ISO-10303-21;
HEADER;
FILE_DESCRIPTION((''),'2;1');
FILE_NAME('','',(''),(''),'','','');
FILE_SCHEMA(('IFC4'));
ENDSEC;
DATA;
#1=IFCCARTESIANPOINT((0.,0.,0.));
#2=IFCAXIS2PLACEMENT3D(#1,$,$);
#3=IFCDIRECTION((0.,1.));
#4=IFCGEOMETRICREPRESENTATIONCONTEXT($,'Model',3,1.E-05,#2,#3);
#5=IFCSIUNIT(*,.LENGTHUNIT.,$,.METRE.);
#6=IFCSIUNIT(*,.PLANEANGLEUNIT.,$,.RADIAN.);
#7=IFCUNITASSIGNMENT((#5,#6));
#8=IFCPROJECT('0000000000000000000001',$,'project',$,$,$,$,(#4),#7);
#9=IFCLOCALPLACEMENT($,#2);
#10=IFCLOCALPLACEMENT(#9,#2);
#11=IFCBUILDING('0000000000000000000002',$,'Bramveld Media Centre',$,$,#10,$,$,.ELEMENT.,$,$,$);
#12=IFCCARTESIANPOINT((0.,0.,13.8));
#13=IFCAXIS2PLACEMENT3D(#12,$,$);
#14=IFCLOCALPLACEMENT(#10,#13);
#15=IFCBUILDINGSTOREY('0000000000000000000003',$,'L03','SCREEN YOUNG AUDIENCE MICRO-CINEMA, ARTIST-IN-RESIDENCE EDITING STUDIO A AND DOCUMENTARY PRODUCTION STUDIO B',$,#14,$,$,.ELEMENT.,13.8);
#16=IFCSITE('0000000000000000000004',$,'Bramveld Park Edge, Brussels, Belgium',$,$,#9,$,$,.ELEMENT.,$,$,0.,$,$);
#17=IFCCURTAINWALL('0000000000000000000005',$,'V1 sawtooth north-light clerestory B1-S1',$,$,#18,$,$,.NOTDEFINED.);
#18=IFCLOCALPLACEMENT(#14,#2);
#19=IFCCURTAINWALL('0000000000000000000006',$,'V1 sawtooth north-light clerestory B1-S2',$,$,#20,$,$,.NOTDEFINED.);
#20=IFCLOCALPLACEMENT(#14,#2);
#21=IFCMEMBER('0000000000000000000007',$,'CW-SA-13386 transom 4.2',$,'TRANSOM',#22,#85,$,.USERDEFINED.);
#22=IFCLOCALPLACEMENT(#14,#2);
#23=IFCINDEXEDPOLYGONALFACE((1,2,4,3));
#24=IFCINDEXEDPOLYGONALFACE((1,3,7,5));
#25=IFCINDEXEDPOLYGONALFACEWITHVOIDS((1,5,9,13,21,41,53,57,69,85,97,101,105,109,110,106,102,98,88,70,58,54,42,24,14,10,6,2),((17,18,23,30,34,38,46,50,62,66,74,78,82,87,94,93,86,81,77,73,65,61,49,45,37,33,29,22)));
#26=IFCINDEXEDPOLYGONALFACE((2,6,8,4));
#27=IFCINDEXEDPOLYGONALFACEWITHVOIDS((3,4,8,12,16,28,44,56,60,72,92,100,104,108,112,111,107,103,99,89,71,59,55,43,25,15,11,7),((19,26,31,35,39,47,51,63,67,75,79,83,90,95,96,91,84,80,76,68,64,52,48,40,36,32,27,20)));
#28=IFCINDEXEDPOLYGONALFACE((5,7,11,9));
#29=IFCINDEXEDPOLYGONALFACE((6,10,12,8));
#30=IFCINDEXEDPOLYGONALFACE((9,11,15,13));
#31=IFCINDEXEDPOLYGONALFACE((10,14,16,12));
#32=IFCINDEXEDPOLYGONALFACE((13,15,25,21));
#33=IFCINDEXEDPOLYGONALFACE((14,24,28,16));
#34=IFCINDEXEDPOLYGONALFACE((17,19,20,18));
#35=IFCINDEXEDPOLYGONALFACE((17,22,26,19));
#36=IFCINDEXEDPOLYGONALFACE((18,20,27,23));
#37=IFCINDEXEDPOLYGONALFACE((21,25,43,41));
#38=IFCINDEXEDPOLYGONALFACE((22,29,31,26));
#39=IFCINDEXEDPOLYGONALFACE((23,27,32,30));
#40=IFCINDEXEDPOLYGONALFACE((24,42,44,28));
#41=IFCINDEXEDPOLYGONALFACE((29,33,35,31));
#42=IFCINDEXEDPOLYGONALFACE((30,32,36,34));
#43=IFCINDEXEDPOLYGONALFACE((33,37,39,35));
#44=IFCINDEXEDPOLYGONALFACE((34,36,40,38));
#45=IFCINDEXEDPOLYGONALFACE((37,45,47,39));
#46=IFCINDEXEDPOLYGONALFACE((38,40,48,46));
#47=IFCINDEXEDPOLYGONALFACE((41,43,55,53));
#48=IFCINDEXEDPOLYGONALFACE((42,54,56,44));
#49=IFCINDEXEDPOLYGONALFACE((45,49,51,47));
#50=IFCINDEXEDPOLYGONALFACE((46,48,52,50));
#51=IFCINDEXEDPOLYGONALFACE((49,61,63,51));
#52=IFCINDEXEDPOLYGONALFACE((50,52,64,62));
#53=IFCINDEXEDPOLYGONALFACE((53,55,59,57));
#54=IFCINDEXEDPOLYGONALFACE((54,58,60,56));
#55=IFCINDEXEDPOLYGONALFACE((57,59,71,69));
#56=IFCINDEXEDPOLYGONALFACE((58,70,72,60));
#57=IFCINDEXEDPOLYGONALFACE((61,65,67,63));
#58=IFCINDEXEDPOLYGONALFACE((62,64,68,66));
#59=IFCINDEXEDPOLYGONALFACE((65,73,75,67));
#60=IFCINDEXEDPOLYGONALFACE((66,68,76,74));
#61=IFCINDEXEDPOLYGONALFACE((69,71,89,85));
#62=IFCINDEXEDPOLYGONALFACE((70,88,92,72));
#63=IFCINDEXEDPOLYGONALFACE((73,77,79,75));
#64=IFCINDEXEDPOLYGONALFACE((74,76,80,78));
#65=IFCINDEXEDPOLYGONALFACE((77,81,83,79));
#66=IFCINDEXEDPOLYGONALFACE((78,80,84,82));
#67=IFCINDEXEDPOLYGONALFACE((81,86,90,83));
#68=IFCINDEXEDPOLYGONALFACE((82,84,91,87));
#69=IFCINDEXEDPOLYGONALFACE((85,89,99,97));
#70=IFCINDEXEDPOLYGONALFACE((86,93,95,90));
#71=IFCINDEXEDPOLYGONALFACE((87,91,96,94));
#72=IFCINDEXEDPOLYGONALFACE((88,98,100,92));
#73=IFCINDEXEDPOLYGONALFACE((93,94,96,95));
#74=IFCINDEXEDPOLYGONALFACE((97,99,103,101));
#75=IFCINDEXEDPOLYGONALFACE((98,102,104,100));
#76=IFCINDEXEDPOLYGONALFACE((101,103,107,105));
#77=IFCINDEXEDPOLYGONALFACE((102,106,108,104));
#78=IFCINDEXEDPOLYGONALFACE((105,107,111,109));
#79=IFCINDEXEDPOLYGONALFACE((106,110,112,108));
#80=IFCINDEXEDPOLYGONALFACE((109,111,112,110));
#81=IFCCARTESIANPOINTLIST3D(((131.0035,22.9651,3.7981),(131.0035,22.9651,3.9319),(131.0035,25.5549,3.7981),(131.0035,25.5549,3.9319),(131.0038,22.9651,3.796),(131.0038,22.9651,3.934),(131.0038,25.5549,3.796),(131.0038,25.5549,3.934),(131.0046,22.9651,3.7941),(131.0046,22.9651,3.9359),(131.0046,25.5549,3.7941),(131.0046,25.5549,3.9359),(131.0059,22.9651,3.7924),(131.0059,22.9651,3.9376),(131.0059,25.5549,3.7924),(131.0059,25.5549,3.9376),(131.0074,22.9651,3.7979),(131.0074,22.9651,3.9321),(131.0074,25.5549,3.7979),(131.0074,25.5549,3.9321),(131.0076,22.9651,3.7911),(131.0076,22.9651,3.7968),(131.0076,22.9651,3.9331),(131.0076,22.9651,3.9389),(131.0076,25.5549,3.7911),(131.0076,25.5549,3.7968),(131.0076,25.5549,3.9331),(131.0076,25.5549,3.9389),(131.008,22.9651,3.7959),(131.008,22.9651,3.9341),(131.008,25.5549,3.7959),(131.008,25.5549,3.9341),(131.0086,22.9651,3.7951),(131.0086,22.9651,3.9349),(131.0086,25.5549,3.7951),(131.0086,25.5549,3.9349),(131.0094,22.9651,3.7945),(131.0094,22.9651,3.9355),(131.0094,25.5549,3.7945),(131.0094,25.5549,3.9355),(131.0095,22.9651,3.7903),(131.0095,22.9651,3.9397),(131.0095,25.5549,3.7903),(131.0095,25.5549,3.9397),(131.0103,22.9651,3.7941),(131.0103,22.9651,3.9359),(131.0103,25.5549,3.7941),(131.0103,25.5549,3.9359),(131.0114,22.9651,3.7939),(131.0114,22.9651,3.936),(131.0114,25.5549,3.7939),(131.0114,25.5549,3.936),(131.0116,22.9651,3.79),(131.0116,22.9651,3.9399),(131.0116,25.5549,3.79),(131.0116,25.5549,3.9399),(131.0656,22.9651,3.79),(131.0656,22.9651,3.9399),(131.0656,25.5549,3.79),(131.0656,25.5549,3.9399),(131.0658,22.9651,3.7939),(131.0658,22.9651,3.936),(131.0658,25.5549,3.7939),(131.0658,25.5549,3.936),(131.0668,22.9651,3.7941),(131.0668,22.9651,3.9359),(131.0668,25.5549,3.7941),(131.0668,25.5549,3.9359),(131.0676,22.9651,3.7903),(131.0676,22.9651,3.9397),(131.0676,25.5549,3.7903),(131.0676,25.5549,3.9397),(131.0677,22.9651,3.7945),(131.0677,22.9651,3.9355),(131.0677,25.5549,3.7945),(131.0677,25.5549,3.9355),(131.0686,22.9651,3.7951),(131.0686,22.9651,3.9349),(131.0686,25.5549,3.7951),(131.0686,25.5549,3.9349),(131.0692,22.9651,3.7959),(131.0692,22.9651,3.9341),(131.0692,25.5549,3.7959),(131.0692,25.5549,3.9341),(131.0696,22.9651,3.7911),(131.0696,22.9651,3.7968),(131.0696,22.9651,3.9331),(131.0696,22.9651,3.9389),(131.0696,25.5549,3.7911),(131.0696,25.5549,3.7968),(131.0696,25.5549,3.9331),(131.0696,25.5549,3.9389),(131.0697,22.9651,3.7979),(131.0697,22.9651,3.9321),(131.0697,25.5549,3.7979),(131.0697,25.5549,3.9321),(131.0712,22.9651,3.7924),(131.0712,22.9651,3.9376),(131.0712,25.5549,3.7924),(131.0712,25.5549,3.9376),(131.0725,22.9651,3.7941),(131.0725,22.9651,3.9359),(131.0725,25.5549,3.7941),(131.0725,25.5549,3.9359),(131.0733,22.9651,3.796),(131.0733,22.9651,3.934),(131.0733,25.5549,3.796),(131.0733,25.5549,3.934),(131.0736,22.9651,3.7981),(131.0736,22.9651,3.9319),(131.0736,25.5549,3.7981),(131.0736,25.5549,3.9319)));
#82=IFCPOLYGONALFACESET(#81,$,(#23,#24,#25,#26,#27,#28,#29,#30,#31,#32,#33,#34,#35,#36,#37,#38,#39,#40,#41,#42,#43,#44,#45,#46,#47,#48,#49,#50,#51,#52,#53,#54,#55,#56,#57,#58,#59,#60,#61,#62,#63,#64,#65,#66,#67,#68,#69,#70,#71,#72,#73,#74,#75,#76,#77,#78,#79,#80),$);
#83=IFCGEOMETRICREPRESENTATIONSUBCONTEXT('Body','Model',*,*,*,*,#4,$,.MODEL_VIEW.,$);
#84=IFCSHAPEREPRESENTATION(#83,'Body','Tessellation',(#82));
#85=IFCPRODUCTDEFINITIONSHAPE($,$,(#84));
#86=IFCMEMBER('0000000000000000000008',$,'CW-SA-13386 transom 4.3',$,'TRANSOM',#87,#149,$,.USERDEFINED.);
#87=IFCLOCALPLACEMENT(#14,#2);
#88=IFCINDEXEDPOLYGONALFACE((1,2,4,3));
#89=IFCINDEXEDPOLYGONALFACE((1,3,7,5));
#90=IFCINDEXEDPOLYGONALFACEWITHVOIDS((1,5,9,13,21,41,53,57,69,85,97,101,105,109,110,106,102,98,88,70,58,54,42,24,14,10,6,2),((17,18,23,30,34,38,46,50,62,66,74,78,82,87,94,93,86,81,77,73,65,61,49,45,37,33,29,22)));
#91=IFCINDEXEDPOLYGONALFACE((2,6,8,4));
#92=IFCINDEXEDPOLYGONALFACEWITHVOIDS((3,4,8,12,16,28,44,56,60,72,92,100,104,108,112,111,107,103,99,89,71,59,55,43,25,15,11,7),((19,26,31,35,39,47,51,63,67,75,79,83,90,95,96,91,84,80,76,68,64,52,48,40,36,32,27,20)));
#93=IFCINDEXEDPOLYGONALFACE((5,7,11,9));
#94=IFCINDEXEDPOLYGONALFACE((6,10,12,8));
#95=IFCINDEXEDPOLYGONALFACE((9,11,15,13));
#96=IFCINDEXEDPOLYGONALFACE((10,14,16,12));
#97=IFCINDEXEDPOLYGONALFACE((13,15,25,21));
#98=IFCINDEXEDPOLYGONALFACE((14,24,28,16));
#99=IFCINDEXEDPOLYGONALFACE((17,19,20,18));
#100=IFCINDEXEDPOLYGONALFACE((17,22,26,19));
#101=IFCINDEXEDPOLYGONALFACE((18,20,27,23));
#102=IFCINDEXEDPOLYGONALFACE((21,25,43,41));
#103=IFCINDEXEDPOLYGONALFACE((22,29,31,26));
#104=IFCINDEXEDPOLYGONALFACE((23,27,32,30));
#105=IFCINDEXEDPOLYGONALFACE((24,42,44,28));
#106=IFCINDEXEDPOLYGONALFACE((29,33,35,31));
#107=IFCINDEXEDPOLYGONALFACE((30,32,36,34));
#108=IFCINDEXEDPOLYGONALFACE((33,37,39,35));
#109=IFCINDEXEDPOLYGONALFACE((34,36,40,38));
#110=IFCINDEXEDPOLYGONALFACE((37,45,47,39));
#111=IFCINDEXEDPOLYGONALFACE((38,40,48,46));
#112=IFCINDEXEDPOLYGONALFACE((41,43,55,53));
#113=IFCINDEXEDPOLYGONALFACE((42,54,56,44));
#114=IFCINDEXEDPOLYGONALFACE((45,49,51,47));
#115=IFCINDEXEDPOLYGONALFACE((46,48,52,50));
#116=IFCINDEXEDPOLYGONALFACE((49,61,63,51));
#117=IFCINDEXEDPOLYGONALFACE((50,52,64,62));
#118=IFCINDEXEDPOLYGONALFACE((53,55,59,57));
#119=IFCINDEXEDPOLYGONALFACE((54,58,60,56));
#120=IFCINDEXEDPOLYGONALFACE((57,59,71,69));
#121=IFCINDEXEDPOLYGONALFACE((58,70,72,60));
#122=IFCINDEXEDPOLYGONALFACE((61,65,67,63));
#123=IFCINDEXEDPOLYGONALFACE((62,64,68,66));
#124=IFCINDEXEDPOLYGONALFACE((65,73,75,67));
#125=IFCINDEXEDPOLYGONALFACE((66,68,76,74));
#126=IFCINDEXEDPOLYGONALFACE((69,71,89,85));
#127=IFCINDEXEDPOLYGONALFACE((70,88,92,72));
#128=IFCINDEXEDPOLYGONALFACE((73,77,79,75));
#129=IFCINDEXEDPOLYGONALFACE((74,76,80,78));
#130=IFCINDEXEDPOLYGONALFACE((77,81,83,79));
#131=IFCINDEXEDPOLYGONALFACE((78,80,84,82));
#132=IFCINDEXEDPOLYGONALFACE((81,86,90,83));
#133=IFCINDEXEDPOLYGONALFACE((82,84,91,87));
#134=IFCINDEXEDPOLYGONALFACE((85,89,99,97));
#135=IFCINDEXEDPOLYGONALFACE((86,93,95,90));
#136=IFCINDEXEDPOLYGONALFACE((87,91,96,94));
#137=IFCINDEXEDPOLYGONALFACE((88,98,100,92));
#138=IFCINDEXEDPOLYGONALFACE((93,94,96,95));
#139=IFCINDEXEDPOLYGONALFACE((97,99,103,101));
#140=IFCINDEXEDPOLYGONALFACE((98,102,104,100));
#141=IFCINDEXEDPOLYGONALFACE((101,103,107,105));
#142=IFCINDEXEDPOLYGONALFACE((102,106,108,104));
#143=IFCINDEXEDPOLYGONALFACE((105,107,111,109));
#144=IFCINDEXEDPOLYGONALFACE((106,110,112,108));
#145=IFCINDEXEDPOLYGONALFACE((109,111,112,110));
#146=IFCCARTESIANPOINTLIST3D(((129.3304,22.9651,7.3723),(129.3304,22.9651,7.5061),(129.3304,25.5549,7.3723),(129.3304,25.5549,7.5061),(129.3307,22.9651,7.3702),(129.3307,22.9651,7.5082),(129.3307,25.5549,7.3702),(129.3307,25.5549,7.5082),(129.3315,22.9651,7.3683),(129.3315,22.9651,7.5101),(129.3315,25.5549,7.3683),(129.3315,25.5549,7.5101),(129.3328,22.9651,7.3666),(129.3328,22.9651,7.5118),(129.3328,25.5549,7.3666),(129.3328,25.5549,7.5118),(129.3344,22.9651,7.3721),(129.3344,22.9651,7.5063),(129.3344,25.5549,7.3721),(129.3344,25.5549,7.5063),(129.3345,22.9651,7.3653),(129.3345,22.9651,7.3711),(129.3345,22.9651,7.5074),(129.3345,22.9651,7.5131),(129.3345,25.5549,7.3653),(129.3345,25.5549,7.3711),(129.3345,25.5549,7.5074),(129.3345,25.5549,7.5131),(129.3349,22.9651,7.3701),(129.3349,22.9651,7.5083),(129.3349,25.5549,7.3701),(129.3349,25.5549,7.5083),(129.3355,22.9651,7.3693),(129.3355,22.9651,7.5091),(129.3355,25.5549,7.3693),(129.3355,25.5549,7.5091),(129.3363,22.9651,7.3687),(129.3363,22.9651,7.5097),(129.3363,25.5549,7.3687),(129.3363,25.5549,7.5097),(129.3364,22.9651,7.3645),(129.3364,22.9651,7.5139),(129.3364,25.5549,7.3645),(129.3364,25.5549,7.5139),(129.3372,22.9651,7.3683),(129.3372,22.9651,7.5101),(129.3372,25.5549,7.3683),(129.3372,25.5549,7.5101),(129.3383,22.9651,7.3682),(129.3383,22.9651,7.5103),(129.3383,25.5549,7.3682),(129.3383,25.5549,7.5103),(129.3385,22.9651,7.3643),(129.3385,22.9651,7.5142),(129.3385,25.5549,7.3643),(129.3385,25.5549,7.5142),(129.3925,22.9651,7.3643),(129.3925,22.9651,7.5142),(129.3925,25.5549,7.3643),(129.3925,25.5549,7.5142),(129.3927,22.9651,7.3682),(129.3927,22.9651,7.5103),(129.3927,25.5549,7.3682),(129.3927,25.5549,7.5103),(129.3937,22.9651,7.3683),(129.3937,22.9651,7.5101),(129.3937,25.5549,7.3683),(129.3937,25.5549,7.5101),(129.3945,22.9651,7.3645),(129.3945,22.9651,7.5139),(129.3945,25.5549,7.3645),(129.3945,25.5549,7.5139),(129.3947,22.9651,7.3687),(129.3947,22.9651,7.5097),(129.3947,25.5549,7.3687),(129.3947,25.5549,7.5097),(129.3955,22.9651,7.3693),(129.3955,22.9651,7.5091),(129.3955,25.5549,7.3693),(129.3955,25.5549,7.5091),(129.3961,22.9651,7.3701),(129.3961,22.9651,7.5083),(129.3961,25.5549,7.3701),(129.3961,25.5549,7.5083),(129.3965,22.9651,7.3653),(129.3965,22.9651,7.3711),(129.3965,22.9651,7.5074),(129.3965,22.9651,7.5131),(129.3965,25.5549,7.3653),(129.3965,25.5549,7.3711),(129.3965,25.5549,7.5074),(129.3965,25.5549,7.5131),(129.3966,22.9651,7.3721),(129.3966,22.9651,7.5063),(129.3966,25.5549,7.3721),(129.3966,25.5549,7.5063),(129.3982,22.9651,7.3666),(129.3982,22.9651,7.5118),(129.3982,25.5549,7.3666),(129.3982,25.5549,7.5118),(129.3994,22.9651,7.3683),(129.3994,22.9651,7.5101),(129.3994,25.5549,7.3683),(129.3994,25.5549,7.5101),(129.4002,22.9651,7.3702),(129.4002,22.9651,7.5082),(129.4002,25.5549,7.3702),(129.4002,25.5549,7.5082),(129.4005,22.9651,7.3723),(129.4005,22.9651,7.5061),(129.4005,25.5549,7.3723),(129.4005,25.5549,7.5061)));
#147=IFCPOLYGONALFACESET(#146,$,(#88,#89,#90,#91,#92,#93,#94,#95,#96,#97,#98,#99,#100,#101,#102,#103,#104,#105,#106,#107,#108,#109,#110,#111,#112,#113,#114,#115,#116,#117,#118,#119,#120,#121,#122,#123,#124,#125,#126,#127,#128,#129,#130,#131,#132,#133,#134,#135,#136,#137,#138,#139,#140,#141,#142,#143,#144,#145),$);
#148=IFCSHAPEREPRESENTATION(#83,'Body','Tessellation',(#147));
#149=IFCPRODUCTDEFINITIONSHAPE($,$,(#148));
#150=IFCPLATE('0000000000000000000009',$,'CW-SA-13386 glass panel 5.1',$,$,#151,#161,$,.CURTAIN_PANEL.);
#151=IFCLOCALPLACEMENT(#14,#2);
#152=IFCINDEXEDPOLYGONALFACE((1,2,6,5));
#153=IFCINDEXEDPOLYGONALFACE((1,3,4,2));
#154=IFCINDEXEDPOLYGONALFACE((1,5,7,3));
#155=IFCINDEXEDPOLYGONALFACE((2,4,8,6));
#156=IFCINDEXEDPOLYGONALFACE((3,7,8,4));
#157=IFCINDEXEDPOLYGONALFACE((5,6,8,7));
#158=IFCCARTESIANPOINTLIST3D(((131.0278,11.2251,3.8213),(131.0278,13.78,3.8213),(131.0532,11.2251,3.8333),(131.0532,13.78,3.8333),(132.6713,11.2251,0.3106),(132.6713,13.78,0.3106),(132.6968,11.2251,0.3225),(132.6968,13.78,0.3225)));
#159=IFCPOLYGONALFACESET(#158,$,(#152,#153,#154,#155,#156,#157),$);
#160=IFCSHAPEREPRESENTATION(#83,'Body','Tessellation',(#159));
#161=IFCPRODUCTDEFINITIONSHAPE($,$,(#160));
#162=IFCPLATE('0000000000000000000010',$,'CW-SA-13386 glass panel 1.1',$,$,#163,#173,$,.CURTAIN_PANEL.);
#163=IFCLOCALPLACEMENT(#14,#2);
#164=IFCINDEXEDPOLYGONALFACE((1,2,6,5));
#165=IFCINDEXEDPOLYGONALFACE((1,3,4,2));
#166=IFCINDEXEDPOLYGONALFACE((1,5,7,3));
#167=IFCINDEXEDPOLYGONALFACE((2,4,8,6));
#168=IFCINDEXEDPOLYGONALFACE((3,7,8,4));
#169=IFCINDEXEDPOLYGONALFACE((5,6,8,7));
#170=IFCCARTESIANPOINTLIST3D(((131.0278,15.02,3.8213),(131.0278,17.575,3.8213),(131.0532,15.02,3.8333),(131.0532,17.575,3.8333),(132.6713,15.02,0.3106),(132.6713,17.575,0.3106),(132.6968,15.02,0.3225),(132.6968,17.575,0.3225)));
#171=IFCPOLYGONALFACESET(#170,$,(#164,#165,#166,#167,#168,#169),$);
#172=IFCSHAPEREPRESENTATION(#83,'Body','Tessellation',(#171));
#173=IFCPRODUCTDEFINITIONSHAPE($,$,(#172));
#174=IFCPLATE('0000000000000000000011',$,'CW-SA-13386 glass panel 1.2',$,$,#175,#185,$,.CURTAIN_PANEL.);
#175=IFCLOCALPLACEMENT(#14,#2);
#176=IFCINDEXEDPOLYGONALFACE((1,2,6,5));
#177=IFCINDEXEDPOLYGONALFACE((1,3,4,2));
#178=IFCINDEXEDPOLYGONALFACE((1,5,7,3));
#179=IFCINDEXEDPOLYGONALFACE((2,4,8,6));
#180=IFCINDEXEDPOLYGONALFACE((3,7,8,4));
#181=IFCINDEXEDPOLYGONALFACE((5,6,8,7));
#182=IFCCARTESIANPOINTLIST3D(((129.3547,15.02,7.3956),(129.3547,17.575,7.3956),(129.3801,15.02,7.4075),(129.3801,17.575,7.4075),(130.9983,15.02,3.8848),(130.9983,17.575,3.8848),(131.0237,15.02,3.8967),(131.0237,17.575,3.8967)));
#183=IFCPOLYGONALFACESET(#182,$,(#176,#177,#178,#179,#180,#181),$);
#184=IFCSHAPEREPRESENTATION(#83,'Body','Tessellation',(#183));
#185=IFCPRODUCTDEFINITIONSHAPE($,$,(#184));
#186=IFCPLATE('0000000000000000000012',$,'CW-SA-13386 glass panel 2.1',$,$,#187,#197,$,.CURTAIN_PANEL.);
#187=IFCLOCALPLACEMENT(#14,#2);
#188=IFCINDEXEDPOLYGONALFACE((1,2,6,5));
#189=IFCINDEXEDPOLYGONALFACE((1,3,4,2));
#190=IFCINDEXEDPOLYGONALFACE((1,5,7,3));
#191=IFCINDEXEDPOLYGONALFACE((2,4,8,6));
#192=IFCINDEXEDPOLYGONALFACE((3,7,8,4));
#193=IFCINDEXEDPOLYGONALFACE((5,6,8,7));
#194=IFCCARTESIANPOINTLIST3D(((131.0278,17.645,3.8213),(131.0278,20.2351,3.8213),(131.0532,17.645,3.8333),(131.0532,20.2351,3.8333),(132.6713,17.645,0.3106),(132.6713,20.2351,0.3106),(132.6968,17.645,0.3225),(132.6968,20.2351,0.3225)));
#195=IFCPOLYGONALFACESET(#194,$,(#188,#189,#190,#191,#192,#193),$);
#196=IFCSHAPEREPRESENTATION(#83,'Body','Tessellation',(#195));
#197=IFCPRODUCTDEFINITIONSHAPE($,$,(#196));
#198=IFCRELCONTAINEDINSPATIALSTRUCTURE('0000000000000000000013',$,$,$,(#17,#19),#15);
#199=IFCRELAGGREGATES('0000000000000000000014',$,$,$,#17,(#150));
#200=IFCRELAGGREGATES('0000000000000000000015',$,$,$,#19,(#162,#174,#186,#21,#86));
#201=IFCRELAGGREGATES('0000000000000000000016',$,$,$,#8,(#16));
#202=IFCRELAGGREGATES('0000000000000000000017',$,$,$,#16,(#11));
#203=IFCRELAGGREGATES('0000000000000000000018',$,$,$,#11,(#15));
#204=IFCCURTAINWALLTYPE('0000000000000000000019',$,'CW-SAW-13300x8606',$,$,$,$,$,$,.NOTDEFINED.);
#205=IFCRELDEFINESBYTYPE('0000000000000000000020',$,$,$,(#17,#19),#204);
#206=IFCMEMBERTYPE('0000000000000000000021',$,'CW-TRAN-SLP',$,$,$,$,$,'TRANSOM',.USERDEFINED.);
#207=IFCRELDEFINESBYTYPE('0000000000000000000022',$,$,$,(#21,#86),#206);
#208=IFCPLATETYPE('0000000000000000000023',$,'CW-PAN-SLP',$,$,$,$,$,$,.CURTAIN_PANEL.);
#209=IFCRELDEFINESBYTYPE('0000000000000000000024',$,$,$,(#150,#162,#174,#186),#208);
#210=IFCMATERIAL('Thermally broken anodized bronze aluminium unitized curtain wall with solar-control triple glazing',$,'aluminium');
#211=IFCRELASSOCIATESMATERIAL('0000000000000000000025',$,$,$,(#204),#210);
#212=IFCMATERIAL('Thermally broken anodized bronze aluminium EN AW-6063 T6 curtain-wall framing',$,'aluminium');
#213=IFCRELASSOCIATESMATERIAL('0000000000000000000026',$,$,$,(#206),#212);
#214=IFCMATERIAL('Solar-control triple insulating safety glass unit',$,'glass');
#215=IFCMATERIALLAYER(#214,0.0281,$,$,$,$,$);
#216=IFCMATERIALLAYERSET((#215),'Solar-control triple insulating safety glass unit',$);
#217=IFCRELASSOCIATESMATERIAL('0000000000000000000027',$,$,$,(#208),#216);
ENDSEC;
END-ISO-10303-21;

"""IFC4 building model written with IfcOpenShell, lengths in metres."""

from ifc_helpers import new_model, si_unit, direction, frame, origin, origin_2d, place, context, subcontext, project, spatial, polyline, hollow_rectangle, outline, extrude, material, layer, layer_set, material_profile, profile_set, type_object, element, aggregate, save


model = new_model("IFC4")

# Units and contexts
model_context = context("Model", 3, precision=1e-05, world=origin(), true_north=direction((0.0, 1.0)))
body_context = subcontext(model_context, "Body", "Model", "MODEL_VIEW")
ifc_project = project(units=[si_unit("LENGTHUNIT", "METRE"), si_unit("PLANEANGLEUNIT", "RADIAN")], contexts=[model_context])

# Site, building, storey
site_placement = place(None, origin())
site = spatial("IfcSite", under=ifc_project, at=site_placement, Name="Bramveld Park Edge, Brussels, Belgium", CompositionType="ELEMENT", RefElevation=0.0)
building_placement = place(site_placement, origin())
building = spatial("IfcBuilding", under=site, at=building_placement, Name="Bramveld Media Centre", CompositionType="ELEMENT")
storey_placement = place(building_placement, frame((0.0, 0.0, 13.8)))
storey = spatial("IfcBuildingStorey", under=building, at=storey_placement, Name="L03", Description="SCREEN YOUNG AUDIENCE MICRO-CINEMA, ARTIST-IN-RESIDENCE EDITING STUDIO A AND DOCUMENTARY PRODUCTION STUDIO B", CompositionType="ELEMENT", Elevation=13.8)

# Curtain wall
ifc_material_1 = material(Name="Thermally broken anodized bronze aluminium unitized curtain wall with solar-control triple glazing", Category="aluminium")
curtain_wall_type = type_object("IfcCurtainWallType", Name="CW-SAW-13300x8606", PredefinedType="NOTDEFINED", material=ifc_material_1)
curtain_wall_1_placement = place(storey_placement, origin())
curtain_wall_1 = element("IfcCurtainWall", 1, at=curtain_wall_1_placement, inside=storey, type_object=curtain_wall_type, Name="V1 sawtooth north-light clerestory B1-S1", PredefinedType="NOTDEFINED")
ifc_material_2 = material(Name="Thermally broken anodized bronze aluminium EN AW-6063 T6 curtain-wall framing", Category="aluminium")
ifc_material_profile = material_profile(ifc_material_2, hollow_rectangle(XDim=0.0701, YDim=0.1499, WallThickness=0.0039, InnerFilletRadius=0.0039, OuterFilletRadius=0.0081, at=origin_2d()), Name="AL-TRAN 70x150")
ifc_profile_set = profile_set([ifc_material_profile], Name="Thermally broken anodized bronze aluminium EN AW-6063 T6 curtain-wall framing")
member_type = type_object("IfcMemberType", Name="CW-TRAN-SLP", ElementType="TRANSOM", PredefinedType="USERDEFINED", material=ifc_profile_set)

# Curtain wall, members
curtain_wall_2_placement = place(storey_placement, origin())
curtain_wall_2 = element("IfcCurtainWall", 2, at=curtain_wall_2_placement, inside=storey, type_object=curtain_wall_type, Name="V1 sawtooth north-light clerestory B1-S2", PredefinedType="NOTDEFINED")
member_1_placement = place(storey_placement, frame((131.0386, 22.9651, 3.865), z_axis=(0.0, 1.0, 0.0), x_axis=(-1.0, 0.0, 0.0)))
member_1 = element("IfcMember", 3, at=member_1_placement, type_object=member_type, Name="CW-SA-13386 transom 4.2", ObjectType="TRANSOM", PredefinedType="USERDEFINED", context=body_context, shape_type="SweptSolid", body=[
    extrude(hollow_rectangle(XDim=0.0701, YDim=0.1499, WallThickness=0.0039, InnerFilletRadius=0.0039, OuterFilletRadius=0.0081, at=origin_2d()), origin(), (0.0, 0.0, 1.0), 2.5898),
])
member_2_placement = place(storey_placement, frame((129.3655, 22.9651, 7.4392), z_axis=(0.0, 1.0, 0.0), x_axis=(-1.0, 0.0, 0.0)))
member_2 = element("IfcMember", 4, at=member_2_placement, type_object=member_type, Name="CW-SA-13386 transom 4.3", ObjectType="TRANSOM", PredefinedType="USERDEFINED", context=body_context, shape_type="SweptSolid", body=[
    extrude(hollow_rectangle(XDim=0.0701, YDim=0.1499, WallThickness=0.0039, InnerFilletRadius=0.0039, OuterFilletRadius=0.0081, at=origin_2d()), origin(), (0.0, 0.0, 1.0), 2.5898),
])

# Plates
ifc_material_3 = material(Name="Solar-control triple insulating safety glass unit", Category="glass")
ifc_layer = layer(ifc_material_3, 0.0281)
ifc_layer_set = layer_set([ifc_layer], Name="Solar-control triple insulating safety glass unit")
plate_type = type_object("IfcPlateType", Name="CW-PAN-SLP", PredefinedType="CURTAIN_PANEL", material=ifc_layer_set)
plate_1_placement = place(storey_placement, frame((132.6968, 11.2251, 0.3225), z_axis=(0.905668, 0.0, 0.423988), x_axis=(0.0, 1.0, 0.0)))
plate_1 = element("IfcPlate", 5, at=plate_1_placement, type_object=plate_type, Name="CW-SA-13386 glass panel 5.1", PredefinedType="CURTAIN_PANEL", context=body_context, shape_type="SweptSolid", body=[
    extrude(outline(polyline([(0.0, 0.0), (2.5549, 0.0), (2.5549, 3.8764), (0.0, 3.8764), (0.0, 0.0)])), origin(), (0.0, 0.0, -1.0), 0.0281),
])
aggregate(curtain_wall_1, [plate_1])
plate_2_placement = place(storey_placement, frame((132.6968, 15.02, 0.3225), z_axis=(0.905668, 0.0, 0.423988), x_axis=(0.0, 1.0, 0.0)))
plate_2 = element("IfcPlate", 6, at=plate_2_placement, type_object=plate_type, Name="CW-SA-13386 glass panel 1.1", PredefinedType="CURTAIN_PANEL", context=body_context, shape_type="SweptSolid", body=[
    extrude(outline(polyline([(0.0, 0.0), (2.5549, 0.0), (2.5549, 3.8764), (0.0, 3.8764), (0.0, 0.0)])), origin(), (0.0, 0.0, -1.0), 0.0281),
])
plate_3_placement = place(storey_placement, frame((131.0237, 15.02, 3.8967), z_axis=(0.905668, 0.0, 0.423988), x_axis=(0.0, 1.0, 0.0)))
plate_3 = element("IfcPlate", 7, at=plate_3_placement, type_object=plate_type, Name="CW-SA-13386 glass panel 1.2", PredefinedType="CURTAIN_PANEL", context=body_context, shape_type="SweptSolid", body=[
    extrude(outline(polyline([(0.0, 0.0), (2.5549, 0.0), (2.5549, 3.8764), (0.0, 3.8764), (0.0, 0.0)])), origin(), (0.0, 0.0, -1.0), 0.0281),
])
plate_4_placement = place(storey_placement, frame((132.6968, 17.645, 0.3225), z_axis=(0.905668, 0.0, 0.423988), x_axis=(0.0, 1.0, 0.0)))
plate_4 = element("IfcPlate", 8, at=plate_4_placement, type_object=plate_type, Name="CW-SA-13386 glass panel 2.1", PredefinedType="CURTAIN_PANEL", context=body_context, shape_type="SweptSolid", body=[
    extrude(outline(polyline([(0.0, 0.0), (2.5901, 0.0), (2.5901, 3.8764), (0.0, 3.8764), (0.0, 0.0)])), origin(), (0.0, 0.0, -1.0), 0.0281),
])
aggregate(curtain_wall_2, [plate_2, plate_3, plate_4, member_1, member_2])

save(model, "model.ifc")
